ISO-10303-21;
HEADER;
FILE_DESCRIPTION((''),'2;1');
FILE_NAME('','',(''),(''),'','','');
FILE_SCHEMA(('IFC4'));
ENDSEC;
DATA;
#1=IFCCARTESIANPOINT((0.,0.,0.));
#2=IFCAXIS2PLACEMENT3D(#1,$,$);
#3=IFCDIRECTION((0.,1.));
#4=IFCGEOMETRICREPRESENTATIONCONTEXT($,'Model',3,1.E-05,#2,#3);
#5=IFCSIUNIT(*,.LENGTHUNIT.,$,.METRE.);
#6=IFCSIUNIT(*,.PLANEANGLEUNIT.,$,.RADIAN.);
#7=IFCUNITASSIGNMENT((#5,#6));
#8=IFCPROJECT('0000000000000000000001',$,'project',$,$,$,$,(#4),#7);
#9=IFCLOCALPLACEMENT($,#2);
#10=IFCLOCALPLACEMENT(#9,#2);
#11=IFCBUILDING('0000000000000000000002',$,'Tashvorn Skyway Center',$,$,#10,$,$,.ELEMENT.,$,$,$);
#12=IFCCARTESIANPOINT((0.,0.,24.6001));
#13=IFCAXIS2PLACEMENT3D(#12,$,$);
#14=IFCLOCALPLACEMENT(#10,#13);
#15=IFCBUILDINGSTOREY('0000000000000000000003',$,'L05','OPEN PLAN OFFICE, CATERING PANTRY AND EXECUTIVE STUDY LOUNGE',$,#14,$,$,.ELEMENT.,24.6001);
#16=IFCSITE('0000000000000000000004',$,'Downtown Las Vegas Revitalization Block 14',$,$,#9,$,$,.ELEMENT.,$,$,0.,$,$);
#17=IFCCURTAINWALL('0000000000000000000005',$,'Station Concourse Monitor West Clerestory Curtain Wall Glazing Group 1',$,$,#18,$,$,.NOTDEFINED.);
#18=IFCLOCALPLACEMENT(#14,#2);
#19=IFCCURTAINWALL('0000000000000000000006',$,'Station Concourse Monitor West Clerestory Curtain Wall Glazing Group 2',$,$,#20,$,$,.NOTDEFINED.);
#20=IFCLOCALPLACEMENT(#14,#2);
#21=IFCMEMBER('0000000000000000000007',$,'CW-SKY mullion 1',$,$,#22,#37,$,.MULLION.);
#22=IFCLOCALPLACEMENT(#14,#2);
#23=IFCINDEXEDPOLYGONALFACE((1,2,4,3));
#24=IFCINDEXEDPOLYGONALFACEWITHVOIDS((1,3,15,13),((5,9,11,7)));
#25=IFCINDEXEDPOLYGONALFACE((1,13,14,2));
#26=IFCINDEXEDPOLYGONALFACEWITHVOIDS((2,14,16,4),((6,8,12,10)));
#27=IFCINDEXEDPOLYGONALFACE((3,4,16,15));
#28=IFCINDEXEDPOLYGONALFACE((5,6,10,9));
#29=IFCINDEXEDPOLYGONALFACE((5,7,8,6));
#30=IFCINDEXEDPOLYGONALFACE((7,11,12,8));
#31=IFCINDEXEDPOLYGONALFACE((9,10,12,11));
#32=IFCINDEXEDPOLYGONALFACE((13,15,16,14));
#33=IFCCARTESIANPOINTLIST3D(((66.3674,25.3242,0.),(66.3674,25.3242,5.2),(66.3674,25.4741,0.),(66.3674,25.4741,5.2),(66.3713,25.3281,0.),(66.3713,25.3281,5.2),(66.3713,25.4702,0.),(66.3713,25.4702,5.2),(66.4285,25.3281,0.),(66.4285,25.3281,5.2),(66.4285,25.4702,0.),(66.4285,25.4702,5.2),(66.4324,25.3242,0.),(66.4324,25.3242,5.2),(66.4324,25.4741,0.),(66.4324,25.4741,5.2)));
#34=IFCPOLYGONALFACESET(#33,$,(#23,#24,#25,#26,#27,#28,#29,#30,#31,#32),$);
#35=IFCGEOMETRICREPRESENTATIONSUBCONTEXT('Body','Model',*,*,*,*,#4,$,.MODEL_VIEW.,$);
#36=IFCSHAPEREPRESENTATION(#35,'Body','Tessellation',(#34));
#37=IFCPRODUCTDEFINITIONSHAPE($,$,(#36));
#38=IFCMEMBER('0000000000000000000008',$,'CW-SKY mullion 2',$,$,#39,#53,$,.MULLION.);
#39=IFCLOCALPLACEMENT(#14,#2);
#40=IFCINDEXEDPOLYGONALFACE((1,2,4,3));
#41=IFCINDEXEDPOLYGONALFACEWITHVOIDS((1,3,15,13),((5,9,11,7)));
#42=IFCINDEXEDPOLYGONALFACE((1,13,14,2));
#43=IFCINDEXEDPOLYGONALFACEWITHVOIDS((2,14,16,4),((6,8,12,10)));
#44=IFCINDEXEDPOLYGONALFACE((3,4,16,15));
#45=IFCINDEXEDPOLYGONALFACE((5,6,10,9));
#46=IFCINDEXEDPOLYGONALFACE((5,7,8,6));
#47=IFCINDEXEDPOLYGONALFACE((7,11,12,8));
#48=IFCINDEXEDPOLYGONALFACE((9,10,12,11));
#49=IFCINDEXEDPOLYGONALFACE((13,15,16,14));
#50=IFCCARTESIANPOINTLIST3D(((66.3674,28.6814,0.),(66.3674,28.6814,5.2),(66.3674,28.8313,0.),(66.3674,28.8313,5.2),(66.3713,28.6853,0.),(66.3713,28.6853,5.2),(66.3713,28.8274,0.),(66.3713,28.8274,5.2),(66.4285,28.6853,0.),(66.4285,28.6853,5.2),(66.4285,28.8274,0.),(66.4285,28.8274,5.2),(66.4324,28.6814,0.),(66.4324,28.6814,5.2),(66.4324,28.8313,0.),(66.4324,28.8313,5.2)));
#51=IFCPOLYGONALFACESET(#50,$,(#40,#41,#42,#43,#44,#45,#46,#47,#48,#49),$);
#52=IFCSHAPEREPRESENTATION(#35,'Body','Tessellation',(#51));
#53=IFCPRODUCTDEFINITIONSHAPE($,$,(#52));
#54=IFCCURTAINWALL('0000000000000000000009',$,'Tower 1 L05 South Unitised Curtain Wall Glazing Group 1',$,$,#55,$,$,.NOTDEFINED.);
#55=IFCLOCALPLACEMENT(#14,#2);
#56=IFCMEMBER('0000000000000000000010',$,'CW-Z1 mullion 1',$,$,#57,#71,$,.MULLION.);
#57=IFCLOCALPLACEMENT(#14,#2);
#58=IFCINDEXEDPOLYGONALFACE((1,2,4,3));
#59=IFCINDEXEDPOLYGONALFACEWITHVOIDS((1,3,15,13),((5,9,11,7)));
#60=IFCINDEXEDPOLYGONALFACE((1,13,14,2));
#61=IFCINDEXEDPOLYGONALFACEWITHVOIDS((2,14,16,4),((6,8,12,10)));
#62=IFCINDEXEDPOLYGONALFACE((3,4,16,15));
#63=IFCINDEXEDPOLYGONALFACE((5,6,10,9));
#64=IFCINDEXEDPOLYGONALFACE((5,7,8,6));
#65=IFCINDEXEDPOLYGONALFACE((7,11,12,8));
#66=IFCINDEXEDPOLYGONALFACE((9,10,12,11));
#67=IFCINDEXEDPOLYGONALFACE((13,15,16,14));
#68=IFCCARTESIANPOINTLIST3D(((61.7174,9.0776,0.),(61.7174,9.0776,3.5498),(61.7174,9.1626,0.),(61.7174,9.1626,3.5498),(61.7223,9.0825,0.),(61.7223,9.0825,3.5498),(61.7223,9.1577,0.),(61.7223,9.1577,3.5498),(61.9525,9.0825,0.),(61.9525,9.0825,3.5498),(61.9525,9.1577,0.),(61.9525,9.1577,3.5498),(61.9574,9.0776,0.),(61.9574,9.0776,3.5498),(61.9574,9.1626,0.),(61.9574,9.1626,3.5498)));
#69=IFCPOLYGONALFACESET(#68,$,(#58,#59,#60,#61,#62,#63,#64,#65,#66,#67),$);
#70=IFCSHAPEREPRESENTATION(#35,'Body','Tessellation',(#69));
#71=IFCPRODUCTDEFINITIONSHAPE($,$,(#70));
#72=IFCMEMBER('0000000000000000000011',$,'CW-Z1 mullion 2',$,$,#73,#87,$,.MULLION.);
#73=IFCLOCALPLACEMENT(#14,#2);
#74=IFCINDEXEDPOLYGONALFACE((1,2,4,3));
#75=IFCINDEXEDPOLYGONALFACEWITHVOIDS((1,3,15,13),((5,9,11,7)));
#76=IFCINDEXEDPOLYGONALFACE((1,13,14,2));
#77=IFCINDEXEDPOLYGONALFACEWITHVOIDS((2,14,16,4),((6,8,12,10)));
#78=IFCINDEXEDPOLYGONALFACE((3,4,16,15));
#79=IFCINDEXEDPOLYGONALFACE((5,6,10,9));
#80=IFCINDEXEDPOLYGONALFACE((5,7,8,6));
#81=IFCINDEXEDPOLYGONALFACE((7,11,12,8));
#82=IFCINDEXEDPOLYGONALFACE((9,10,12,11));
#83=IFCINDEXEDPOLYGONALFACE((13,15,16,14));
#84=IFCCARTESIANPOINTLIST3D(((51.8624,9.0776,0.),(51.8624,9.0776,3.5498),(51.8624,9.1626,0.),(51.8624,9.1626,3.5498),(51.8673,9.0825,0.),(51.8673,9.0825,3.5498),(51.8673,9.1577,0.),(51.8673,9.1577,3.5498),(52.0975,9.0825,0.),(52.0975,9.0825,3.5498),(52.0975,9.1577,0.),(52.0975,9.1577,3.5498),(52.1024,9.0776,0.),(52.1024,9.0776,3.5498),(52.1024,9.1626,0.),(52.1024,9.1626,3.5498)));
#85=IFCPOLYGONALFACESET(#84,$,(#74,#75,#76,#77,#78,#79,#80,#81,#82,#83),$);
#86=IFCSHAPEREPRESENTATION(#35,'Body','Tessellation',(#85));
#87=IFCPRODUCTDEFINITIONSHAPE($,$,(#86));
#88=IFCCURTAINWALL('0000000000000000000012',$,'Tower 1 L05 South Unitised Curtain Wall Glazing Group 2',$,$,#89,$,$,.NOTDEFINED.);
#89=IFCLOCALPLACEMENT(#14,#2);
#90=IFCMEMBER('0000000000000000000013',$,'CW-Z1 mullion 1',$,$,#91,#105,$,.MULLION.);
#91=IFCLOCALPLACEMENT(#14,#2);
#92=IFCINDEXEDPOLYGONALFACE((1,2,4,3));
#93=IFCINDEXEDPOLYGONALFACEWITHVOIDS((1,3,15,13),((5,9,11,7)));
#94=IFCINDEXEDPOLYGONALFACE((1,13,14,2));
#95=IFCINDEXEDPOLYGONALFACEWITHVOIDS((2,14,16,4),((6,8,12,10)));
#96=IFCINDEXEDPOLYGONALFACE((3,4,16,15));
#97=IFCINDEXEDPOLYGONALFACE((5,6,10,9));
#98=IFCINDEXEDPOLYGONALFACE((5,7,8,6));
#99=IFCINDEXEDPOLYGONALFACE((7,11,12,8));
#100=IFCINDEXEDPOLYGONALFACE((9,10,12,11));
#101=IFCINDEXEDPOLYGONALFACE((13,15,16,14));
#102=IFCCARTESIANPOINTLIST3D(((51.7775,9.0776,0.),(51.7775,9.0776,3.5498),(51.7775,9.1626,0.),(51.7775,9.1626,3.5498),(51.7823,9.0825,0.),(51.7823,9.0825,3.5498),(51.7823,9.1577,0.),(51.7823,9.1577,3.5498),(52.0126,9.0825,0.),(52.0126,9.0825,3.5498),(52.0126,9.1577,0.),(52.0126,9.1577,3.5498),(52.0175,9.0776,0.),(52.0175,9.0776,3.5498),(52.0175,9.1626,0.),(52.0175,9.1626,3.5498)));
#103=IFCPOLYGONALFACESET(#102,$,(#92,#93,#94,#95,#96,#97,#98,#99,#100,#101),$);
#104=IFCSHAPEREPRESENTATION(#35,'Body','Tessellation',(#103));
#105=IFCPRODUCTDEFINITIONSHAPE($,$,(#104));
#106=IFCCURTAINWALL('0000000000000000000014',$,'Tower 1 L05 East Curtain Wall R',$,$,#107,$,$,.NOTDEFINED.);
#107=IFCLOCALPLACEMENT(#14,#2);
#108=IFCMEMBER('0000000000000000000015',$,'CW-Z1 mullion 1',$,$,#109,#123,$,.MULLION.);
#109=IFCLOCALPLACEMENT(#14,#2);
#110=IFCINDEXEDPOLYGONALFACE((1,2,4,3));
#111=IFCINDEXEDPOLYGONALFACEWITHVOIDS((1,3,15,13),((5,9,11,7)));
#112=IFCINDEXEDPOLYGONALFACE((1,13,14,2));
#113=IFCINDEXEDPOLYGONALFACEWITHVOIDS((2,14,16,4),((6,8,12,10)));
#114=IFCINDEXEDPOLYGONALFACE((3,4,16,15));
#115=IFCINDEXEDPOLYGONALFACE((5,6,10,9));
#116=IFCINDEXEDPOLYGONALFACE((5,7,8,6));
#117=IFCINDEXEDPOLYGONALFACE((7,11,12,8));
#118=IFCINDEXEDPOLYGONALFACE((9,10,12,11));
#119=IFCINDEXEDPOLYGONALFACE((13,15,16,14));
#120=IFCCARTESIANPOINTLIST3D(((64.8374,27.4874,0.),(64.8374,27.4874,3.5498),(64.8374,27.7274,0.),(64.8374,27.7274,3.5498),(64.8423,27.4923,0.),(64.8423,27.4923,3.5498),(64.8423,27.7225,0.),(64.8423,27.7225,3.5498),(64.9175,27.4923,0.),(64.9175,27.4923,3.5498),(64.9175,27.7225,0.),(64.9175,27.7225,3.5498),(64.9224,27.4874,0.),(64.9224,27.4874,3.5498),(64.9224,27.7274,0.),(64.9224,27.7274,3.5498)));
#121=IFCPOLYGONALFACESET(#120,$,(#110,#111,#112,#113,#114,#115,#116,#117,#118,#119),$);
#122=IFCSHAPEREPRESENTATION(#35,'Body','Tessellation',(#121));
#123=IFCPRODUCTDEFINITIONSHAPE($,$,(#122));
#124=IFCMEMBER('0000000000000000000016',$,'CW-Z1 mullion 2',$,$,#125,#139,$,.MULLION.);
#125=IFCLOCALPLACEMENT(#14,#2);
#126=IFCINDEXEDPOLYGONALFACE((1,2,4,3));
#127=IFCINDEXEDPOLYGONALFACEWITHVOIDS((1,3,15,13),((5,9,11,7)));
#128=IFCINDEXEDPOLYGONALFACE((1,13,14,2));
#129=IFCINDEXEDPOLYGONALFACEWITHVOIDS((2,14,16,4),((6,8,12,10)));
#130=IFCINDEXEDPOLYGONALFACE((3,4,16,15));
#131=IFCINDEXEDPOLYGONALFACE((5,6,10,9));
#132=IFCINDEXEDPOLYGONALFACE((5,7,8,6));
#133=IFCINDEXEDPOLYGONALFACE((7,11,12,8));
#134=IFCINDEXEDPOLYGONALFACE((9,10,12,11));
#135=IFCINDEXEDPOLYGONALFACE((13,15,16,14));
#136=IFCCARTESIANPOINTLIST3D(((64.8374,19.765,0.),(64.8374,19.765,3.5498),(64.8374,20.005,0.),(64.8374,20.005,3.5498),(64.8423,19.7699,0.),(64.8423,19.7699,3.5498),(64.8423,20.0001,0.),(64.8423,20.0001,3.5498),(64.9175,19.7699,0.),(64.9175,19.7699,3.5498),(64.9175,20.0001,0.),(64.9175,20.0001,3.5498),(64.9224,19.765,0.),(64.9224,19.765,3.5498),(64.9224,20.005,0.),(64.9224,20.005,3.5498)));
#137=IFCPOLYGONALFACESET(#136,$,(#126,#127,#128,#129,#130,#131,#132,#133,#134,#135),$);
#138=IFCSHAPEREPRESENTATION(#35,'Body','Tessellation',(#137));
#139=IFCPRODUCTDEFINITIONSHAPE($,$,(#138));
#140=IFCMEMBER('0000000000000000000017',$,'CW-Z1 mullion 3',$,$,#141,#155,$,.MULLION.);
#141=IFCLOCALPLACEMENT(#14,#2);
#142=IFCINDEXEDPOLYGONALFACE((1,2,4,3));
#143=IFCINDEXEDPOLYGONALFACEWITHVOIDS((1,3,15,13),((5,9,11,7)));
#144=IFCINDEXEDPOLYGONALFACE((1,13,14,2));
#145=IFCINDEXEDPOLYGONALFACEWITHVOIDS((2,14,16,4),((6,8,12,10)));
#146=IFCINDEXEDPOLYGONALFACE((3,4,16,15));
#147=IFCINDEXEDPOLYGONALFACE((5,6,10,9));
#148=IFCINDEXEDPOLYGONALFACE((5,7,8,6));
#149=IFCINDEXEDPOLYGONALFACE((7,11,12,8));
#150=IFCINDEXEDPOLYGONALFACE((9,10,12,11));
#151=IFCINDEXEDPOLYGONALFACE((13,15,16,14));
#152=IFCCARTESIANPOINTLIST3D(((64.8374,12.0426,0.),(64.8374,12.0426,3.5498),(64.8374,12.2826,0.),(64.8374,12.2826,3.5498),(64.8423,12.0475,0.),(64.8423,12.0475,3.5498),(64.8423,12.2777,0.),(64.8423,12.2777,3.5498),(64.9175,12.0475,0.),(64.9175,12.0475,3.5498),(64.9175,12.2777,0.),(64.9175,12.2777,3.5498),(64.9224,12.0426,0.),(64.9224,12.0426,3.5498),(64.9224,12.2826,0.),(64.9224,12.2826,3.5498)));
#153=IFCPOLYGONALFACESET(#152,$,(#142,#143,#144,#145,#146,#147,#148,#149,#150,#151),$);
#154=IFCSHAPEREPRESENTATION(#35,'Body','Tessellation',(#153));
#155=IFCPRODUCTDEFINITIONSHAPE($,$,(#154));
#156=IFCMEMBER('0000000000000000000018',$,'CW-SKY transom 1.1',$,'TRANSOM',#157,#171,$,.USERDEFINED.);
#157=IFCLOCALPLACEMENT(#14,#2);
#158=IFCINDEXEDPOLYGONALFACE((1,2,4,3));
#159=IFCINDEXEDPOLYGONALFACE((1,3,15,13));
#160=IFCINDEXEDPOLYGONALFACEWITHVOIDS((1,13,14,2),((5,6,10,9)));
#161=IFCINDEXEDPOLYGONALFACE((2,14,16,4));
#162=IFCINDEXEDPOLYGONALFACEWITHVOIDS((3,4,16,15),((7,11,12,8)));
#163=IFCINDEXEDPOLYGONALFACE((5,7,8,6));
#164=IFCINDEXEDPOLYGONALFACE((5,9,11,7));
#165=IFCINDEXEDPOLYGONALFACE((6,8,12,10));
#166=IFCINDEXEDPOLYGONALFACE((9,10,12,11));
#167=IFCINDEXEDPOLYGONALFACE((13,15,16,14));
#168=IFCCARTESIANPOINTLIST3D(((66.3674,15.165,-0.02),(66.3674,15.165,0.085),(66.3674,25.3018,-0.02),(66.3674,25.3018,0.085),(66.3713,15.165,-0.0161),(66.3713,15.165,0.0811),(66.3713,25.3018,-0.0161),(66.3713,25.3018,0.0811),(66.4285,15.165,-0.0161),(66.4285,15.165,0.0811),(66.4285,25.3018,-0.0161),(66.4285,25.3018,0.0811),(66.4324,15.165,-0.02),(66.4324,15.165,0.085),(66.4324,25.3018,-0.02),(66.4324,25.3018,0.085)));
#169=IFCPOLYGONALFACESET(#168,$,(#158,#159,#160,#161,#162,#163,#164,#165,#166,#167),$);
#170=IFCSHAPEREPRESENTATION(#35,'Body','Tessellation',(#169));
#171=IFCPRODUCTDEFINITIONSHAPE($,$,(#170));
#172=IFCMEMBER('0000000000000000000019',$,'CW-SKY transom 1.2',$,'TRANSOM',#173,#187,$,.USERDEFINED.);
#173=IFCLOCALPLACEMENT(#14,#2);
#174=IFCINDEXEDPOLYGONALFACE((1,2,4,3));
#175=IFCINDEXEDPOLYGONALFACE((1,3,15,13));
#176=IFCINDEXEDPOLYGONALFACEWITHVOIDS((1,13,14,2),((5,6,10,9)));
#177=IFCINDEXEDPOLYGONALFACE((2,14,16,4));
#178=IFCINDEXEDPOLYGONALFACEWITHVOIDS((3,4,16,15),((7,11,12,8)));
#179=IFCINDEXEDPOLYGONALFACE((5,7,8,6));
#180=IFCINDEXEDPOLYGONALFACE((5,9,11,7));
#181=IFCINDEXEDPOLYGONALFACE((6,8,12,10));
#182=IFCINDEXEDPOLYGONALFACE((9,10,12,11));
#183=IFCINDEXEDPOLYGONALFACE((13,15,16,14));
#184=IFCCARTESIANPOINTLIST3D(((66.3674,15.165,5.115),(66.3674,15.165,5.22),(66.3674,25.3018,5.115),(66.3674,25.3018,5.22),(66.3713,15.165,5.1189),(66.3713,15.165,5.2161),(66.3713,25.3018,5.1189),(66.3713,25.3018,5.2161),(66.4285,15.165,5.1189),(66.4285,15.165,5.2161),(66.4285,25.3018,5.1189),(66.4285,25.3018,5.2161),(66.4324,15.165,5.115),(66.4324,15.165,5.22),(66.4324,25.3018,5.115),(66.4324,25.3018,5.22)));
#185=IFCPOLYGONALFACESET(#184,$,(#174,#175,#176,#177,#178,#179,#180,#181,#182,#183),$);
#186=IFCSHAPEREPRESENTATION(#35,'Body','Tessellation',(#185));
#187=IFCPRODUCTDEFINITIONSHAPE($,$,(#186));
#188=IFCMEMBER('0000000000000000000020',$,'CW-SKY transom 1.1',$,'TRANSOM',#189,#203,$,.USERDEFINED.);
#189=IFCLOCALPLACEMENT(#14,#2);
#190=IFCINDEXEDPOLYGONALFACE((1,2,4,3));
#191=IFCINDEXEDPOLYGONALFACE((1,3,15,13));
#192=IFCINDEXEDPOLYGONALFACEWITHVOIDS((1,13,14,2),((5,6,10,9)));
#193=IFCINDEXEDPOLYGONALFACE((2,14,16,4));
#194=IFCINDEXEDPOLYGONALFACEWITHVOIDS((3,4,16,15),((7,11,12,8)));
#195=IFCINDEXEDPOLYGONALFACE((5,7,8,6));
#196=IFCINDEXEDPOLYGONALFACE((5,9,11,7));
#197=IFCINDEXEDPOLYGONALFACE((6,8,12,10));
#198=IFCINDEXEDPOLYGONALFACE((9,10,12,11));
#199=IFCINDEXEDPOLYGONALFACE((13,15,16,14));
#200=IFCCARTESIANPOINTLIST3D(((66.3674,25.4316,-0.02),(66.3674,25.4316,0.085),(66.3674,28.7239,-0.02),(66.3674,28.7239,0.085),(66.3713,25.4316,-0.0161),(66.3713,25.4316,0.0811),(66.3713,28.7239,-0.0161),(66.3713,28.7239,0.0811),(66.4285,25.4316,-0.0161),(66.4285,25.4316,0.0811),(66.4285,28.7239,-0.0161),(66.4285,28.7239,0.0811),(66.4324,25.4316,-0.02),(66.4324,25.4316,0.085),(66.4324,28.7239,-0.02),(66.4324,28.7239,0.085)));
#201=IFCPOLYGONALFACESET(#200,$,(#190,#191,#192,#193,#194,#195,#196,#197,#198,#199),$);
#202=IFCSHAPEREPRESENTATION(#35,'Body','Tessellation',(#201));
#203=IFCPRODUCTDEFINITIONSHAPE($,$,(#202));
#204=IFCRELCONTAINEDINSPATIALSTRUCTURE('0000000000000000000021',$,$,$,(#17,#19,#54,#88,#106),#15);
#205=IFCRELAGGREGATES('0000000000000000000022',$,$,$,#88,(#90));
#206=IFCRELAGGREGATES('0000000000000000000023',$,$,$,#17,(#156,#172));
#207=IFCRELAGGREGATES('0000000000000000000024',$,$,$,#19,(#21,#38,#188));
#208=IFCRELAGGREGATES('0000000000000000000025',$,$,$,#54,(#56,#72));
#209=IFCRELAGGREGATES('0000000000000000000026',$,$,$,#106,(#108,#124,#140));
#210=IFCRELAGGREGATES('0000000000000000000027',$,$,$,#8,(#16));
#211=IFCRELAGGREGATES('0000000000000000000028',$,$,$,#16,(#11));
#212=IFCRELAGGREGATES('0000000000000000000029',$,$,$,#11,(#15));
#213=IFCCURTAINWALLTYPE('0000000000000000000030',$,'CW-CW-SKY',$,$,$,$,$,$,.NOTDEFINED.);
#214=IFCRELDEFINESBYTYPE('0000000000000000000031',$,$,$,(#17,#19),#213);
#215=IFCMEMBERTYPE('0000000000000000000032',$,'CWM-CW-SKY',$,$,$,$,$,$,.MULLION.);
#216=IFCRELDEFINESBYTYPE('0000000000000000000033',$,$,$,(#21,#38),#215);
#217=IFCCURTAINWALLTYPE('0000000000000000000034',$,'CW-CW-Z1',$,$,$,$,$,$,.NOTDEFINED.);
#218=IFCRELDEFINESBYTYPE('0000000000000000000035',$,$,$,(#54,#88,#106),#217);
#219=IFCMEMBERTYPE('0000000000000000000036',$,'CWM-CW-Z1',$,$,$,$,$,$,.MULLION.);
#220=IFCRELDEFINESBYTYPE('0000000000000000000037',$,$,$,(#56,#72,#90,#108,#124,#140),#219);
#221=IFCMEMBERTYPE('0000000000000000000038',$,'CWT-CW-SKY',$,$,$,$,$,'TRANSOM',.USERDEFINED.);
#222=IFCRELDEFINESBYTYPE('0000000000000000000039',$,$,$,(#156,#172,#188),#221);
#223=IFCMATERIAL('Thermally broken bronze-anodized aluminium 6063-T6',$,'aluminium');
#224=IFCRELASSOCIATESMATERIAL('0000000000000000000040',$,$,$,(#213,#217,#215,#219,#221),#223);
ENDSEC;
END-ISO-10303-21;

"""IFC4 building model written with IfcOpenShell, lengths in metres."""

from ifc_helpers import new_model, si_unit, direction, frame, origin, origin_2d, place, context, subcontext, project, spatial, hollow_rectangle, extrude, material, material_profile, profile_set, type_object, element, aggregate, save


model = new_model("IFC4")

# Units and contexts
model_context = context("Model", 3, precision=1e-05, world=origin(), true_north=direction((0.0, 1.0)))
body_context = subcontext(model_context, "Body", "Model", "MODEL_VIEW")
ifc_project = project(units=[si_unit("LENGTHUNIT", "METRE"), si_unit("PLANEANGLEUNIT", "RADIAN")], contexts=[model_context])

# Site, building, storey
site_placement = place(None, origin())
site = spatial("IfcSite", under=ifc_project, at=site_placement, Name="Downtown Las Vegas Revitalization Block 14", CompositionType="ELEMENT", RefElevation=0.0)
building_placement = place(site_placement, origin())
building = spatial("IfcBuilding", under=site, at=building_placement, Name="Tashvorn Skyway Center", CompositionType="ELEMENT")
storey_placement = place(building_placement, frame((0.0, 0.0, 24.6001)))
storey = spatial("IfcBuildingStorey", under=building, at=storey_placement, Name="L05", Description="OPEN PLAN OFFICE, CATERING PANTRY AND EXECUTIVE STUDY LOUNGE", CompositionType="ELEMENT", Elevation=24.6001)

# Curtain walls, members
ifc_material_1 = material(Name="Thermally broken bronze-anodized aluminium 6063-T6", Category="aluminium")
curtain_wall_type_1 = type_object("IfcCurtainWallType", Name="CW-CW-SKY", PredefinedType="NOTDEFINED", material=ifc_material_1)
curtain_wall_1_placement = place(storey_placement, origin())
curtain_wall_1 = element("IfcCurtainWall", 1, at=curtain_wall_1_placement, inside=storey, type_object=curtain_wall_type_1, Name="Station Concourse Monitor West Clerestory Curtain Wall Glazing Group 1", PredefinedType="NOTDEFINED")
ifc_material_profile_1 = material_profile(ifc_material_1, hollow_rectangle(XDim=0.0649, YDim=0.1499, WallThickness=0.0039, at=origin_2d()), Name="ALU-MULL-65x150")
ifc_profile_set_1 = profile_set([ifc_material_profile_1], Name="Thermally broken bronze-anodized aluminium 6063-T6")
member_type_1 = type_object("IfcMemberType", Name="CWM-CW-SKY", PredefinedType="MULLION", material=ifc_profile_set_1)
curtain_wall_2_placement = place(storey_placement, origin())
curtain_wall_2 = element("IfcCurtainWall", 2, at=curtain_wall_2_placement, inside=storey, type_object=curtain_wall_type_1, Name="Station Concourse Monitor West Clerestory Curtain Wall Glazing Group 2", PredefinedType="NOTDEFINED")
member_1_placement = place(storey_placement, frame((66.3999, 25.3992, 0.0), z_axis=(0.0, 0.0, 1.0), x_axis=(-1.0, 0.0, 0.0)))
member_1 = element("IfcMember", 3, at=member_1_placement, type_object=member_type_1, Name="CW-SKY mullion 1", PredefinedType="MULLION", context=body_context, shape_type="SweptSolid", body=[
    extrude(hollow_rectangle(XDim=0.0649, YDim=0.1499, WallThickness=0.0039, at=origin_2d()), origin(), (0.0, 0.0, 1.0), 5.2),
])
member_2_placement = place(storey_placement, frame((66.3999, 28.7563, 0.0), z_axis=(0.0, 0.0, 1.0), x_axis=(-1.0, 0.0, 0.0)))
member_2 = element("IfcMember", 4, at=member_2_placement, type_object=member_type_1, Name="CW-SKY mullion 2", PredefinedType="MULLION", context=body_context, shape_type="SweptSolid", body=[
    extrude(hollow_rectangle(XDim=0.0649, YDim=0.1499, WallThickness=0.0039, at=origin_2d()), origin(), (0.0, 0.0, 1.0), 5.2),
])
curtain_wall_type_2 = type_object("IfcCurtainWallType", Name="CW-CW-Z1", PredefinedType="NOTDEFINED", material=ifc_material_1)
curtain_wall_3_placement = place(storey_placement, origin())
curtain_wall_3 = element("IfcCurtainWall", 5, at=curtain_wall_3_placement, inside=storey, type_object=curtain_wall_type_2, Name="Tower 1 L05 South Unitised Curtain Wall Glazing Group 1", PredefinedType="NOTDEFINED")
ifc_material_profile_2 = material_profile(ifc_material_1, hollow_rectangle(XDim=0.085, YDim=0.24, WallThickness=0.0049, at=origin_2d()), Name="ALU-MULL-85x240")
ifc_profile_set_2 = profile_set([ifc_material_profile_2], Name="Thermally broken bronze-anodized aluminium 6063-T6")
member_type_2 = type_object("IfcMemberType", Name="CWM-CW-Z1", PredefinedType="MULLION", material=ifc_profile_set_2)
member_3_placement = place(storey_placement, frame((61.8374, 9.1201, 0.0), z_axis=(0.0, 0.0, 1.0), x_axis=(0.0, -1.0, 0.0)))
member_3 = element("IfcMember", 6, at=member_3_placement, type_object=member_type_2, Name="CW-Z1 mullion 1", PredefinedType="MULLION", context=body_context, shape_type="SweptSolid", body=[
    extrude(hollow_rectangle(XDim=0.085, YDim=0.24, WallThickness=0.0049, at=origin_2d()), origin(), (0.0, 0.0, 1.0), 3.5498),
])
member_4_placement = place(storey_placement, frame((51.9824, 9.1201, 0.0), z_axis=(0.0, 0.0, 1.0), x_axis=(0.0, -1.0, 0.0)))
member_4 = element("IfcMember", 7, at=member_4_placement, type_object=member_type_2, Name="CW-Z1 mullion 2", PredefinedType="MULLION", context=body_context, shape_type="SweptSolid", body=[
    extrude(hollow_rectangle(XDim=0.085, YDim=0.24, WallThickness=0.0049, at=origin_2d()), origin(), (0.0, 0.0, 1.0), 3.5498),
])

# Curtain wall, member
curtain_wall_4_placement = place(storey_placement, origin())
curtain_wall_4 = element("IfcCurtainWall", 8, at=curtain_wall_4_placement, inside=storey, type_object=curtain_wall_type_2, Name="Tower 1 L05 South Unitised Curtain Wall Glazing Group 2", PredefinedType="NOTDEFINED")
member_5_placement = place(storey_placement, frame((51.8975, 9.1201, 0.0), z_axis=(0.0, 0.0, 1.0), x_axis=(0.0, -1.0, 0.0)))
member_5 = element("IfcMember", 9, at=member_5_placement, type_object=member_type_2, Name="CW-Z1 mullion 1", PredefinedType="MULLION", context=body_context, shape_type="SweptSolid", body=[
    extrude(hollow_rectangle(XDim=0.085, YDim=0.24, WallThickness=0.0049, at=origin_2d()), origin(), (0.0, 0.0, 1.0), 3.5498),
])

# Curtain wall, members
curtain_wall_5_placement = place(storey_placement, origin())
curtain_wall_5 = element("IfcCurtainWall", 10, at=curtain_wall_5_placement, inside=storey, type_object=curtain_wall_type_2, Name="Tower 1 L05 East Curtain Wall R", PredefinedType="NOTDEFINED")
member_6_placement = place(storey_placement, frame((64.8799, 27.6074, 0.0), z_axis=(0.0, 0.0, 1.0), x_axis=(1.0, 0.0, 0.0)))
member_6 = element("IfcMember", 11, at=member_6_placement, type_object=member_type_2, Name="CW-Z1 mullion 1", PredefinedType="MULLION", context=body_context, shape_type="SweptSolid", body=[
    extrude(hollow_rectangle(XDim=0.085, YDim=0.24, WallThickness=0.0049, at=origin_2d()), origin(), (0.0, 0.0, 1.0), 3.5498),
])
member_7_placement = place(storey_placement, frame((64.8799, 19.885, 0.0), z_axis=(0.0, 0.0, 1.0), x_axis=(1.0, 0.0, 0.0)))
member_7 = element("IfcMember", 12, at=member_7_placement, type_object=member_type_2, Name="CW-Z1 mullion 2", PredefinedType="MULLION", context=body_context, shape_type="SweptSolid", body=[
    extrude(hollow_rectangle(XDim=0.085, YDim=0.24, WallThickness=0.0049, at=origin_2d()), origin(), (0.0, 0.0, 1.0), 3.5498),
])
member_8_placement = place(storey_placement, frame((64.8799, 12.1626, 0.0), z_axis=(0.0, 0.0, 1.0), x_axis=(1.0, 0.0, 0.0)))
member_8 = element("IfcMember", 13, at=member_8_placement, type_object=member_type_2, Name="CW-Z1 mullion 3", PredefinedType="MULLION", context=body_context, shape_type="SweptSolid", body=[
    extrude(hollow_rectangle(XDim=0.085, YDim=0.24, WallThickness=0.0049, at=origin_2d()), origin(), (0.0, 0.0, 1.0), 3.5498),
])

# Members
ifc_material_profile_3 = material_profile(ifc_material_1, hollow_rectangle(XDim=0.0649, YDim=0.105, WallThickness=0.0039, at=origin_2d()), Name="ALU-TRAN-65x105")
ifc_profile_set_3 = profile_set([ifc_material_profile_3], Name="Thermally broken bronze-anodized aluminium 6063-T6")
member_type_3 = type_object("IfcMemberType", Name="CWT-CW-SKY", ElementType="TRANSOM", PredefinedType="USERDEFINED", material=ifc_profile_set_3)
member_9_placement = place(storey_placement, frame((66.3999, 15.165, 0.0325), z_axis=(0.0, 1.0, 0.0), x_axis=(-1.0, 0.0, 0.0)))
member_9 = element("IfcMember", 14, at=member_9_placement, type_object=member_type_3, Name="CW-SKY transom 1.1", ObjectType="TRANSOM", PredefinedType="USERDEFINED", context=body_context, shape_type="SweptSolid", body=[
    extrude(hollow_rectangle(XDim=0.0649, YDim=0.105, WallThickness=0.0039, at=origin_2d()), origin(), (0.0, 0.0, 1.0), 10.1367),
])
member_10_placement = place(storey_placement, frame((66.3999, 15.165, 5.1675), z_axis=(0.0, 1.0, 0.0), x_axis=(-1.0, 0.0, 0.0)))
member_10 = element("IfcMember", 15, at=member_10_placement, type_object=member_type_3, Name="CW-SKY transom 1.2", ObjectType="TRANSOM", PredefinedType="USERDEFINED", context=body_context, shape_type="SweptSolid", body=[
    extrude(hollow_rectangle(XDim=0.0649, YDim=0.105, WallThickness=0.0039, at=origin_2d()), origin(), (0.0, 0.0, 1.0), 10.1367),
])
member_11_placement = place(storey_placement, frame((66.3999, 25.4316, 0.0325), z_axis=(0.0, 1.0, 0.0), x_axis=(-1.0, 0.0, 0.0)))
member_11 = element("IfcMember", 16, at=member_11_placement, type_object=member_type_3, Name="CW-SKY transom 1.1", ObjectType="TRANSOM", PredefinedType="USERDEFINED", context=body_context, shape_type="SweptSolid", body=[
    extrude(hollow_rectangle(XDim=0.0649, YDim=0.105, WallThickness=0.0039, at=origin_2d()), origin(), (0.0, 0.0, 1.0), 3.2922),
])
aggregate(curtain_wall_4, [member_5])

aggregate(curtain_wall_1, [member_9, member_10])
aggregate(curtain_wall_2, [member_1, member_2, member_11])
aggregate(curtain_wall_3, [member_3, member_4])
aggregate(curtain_wall_5, [member_6, member_7, member_8])

save(model, "model.ifc")
